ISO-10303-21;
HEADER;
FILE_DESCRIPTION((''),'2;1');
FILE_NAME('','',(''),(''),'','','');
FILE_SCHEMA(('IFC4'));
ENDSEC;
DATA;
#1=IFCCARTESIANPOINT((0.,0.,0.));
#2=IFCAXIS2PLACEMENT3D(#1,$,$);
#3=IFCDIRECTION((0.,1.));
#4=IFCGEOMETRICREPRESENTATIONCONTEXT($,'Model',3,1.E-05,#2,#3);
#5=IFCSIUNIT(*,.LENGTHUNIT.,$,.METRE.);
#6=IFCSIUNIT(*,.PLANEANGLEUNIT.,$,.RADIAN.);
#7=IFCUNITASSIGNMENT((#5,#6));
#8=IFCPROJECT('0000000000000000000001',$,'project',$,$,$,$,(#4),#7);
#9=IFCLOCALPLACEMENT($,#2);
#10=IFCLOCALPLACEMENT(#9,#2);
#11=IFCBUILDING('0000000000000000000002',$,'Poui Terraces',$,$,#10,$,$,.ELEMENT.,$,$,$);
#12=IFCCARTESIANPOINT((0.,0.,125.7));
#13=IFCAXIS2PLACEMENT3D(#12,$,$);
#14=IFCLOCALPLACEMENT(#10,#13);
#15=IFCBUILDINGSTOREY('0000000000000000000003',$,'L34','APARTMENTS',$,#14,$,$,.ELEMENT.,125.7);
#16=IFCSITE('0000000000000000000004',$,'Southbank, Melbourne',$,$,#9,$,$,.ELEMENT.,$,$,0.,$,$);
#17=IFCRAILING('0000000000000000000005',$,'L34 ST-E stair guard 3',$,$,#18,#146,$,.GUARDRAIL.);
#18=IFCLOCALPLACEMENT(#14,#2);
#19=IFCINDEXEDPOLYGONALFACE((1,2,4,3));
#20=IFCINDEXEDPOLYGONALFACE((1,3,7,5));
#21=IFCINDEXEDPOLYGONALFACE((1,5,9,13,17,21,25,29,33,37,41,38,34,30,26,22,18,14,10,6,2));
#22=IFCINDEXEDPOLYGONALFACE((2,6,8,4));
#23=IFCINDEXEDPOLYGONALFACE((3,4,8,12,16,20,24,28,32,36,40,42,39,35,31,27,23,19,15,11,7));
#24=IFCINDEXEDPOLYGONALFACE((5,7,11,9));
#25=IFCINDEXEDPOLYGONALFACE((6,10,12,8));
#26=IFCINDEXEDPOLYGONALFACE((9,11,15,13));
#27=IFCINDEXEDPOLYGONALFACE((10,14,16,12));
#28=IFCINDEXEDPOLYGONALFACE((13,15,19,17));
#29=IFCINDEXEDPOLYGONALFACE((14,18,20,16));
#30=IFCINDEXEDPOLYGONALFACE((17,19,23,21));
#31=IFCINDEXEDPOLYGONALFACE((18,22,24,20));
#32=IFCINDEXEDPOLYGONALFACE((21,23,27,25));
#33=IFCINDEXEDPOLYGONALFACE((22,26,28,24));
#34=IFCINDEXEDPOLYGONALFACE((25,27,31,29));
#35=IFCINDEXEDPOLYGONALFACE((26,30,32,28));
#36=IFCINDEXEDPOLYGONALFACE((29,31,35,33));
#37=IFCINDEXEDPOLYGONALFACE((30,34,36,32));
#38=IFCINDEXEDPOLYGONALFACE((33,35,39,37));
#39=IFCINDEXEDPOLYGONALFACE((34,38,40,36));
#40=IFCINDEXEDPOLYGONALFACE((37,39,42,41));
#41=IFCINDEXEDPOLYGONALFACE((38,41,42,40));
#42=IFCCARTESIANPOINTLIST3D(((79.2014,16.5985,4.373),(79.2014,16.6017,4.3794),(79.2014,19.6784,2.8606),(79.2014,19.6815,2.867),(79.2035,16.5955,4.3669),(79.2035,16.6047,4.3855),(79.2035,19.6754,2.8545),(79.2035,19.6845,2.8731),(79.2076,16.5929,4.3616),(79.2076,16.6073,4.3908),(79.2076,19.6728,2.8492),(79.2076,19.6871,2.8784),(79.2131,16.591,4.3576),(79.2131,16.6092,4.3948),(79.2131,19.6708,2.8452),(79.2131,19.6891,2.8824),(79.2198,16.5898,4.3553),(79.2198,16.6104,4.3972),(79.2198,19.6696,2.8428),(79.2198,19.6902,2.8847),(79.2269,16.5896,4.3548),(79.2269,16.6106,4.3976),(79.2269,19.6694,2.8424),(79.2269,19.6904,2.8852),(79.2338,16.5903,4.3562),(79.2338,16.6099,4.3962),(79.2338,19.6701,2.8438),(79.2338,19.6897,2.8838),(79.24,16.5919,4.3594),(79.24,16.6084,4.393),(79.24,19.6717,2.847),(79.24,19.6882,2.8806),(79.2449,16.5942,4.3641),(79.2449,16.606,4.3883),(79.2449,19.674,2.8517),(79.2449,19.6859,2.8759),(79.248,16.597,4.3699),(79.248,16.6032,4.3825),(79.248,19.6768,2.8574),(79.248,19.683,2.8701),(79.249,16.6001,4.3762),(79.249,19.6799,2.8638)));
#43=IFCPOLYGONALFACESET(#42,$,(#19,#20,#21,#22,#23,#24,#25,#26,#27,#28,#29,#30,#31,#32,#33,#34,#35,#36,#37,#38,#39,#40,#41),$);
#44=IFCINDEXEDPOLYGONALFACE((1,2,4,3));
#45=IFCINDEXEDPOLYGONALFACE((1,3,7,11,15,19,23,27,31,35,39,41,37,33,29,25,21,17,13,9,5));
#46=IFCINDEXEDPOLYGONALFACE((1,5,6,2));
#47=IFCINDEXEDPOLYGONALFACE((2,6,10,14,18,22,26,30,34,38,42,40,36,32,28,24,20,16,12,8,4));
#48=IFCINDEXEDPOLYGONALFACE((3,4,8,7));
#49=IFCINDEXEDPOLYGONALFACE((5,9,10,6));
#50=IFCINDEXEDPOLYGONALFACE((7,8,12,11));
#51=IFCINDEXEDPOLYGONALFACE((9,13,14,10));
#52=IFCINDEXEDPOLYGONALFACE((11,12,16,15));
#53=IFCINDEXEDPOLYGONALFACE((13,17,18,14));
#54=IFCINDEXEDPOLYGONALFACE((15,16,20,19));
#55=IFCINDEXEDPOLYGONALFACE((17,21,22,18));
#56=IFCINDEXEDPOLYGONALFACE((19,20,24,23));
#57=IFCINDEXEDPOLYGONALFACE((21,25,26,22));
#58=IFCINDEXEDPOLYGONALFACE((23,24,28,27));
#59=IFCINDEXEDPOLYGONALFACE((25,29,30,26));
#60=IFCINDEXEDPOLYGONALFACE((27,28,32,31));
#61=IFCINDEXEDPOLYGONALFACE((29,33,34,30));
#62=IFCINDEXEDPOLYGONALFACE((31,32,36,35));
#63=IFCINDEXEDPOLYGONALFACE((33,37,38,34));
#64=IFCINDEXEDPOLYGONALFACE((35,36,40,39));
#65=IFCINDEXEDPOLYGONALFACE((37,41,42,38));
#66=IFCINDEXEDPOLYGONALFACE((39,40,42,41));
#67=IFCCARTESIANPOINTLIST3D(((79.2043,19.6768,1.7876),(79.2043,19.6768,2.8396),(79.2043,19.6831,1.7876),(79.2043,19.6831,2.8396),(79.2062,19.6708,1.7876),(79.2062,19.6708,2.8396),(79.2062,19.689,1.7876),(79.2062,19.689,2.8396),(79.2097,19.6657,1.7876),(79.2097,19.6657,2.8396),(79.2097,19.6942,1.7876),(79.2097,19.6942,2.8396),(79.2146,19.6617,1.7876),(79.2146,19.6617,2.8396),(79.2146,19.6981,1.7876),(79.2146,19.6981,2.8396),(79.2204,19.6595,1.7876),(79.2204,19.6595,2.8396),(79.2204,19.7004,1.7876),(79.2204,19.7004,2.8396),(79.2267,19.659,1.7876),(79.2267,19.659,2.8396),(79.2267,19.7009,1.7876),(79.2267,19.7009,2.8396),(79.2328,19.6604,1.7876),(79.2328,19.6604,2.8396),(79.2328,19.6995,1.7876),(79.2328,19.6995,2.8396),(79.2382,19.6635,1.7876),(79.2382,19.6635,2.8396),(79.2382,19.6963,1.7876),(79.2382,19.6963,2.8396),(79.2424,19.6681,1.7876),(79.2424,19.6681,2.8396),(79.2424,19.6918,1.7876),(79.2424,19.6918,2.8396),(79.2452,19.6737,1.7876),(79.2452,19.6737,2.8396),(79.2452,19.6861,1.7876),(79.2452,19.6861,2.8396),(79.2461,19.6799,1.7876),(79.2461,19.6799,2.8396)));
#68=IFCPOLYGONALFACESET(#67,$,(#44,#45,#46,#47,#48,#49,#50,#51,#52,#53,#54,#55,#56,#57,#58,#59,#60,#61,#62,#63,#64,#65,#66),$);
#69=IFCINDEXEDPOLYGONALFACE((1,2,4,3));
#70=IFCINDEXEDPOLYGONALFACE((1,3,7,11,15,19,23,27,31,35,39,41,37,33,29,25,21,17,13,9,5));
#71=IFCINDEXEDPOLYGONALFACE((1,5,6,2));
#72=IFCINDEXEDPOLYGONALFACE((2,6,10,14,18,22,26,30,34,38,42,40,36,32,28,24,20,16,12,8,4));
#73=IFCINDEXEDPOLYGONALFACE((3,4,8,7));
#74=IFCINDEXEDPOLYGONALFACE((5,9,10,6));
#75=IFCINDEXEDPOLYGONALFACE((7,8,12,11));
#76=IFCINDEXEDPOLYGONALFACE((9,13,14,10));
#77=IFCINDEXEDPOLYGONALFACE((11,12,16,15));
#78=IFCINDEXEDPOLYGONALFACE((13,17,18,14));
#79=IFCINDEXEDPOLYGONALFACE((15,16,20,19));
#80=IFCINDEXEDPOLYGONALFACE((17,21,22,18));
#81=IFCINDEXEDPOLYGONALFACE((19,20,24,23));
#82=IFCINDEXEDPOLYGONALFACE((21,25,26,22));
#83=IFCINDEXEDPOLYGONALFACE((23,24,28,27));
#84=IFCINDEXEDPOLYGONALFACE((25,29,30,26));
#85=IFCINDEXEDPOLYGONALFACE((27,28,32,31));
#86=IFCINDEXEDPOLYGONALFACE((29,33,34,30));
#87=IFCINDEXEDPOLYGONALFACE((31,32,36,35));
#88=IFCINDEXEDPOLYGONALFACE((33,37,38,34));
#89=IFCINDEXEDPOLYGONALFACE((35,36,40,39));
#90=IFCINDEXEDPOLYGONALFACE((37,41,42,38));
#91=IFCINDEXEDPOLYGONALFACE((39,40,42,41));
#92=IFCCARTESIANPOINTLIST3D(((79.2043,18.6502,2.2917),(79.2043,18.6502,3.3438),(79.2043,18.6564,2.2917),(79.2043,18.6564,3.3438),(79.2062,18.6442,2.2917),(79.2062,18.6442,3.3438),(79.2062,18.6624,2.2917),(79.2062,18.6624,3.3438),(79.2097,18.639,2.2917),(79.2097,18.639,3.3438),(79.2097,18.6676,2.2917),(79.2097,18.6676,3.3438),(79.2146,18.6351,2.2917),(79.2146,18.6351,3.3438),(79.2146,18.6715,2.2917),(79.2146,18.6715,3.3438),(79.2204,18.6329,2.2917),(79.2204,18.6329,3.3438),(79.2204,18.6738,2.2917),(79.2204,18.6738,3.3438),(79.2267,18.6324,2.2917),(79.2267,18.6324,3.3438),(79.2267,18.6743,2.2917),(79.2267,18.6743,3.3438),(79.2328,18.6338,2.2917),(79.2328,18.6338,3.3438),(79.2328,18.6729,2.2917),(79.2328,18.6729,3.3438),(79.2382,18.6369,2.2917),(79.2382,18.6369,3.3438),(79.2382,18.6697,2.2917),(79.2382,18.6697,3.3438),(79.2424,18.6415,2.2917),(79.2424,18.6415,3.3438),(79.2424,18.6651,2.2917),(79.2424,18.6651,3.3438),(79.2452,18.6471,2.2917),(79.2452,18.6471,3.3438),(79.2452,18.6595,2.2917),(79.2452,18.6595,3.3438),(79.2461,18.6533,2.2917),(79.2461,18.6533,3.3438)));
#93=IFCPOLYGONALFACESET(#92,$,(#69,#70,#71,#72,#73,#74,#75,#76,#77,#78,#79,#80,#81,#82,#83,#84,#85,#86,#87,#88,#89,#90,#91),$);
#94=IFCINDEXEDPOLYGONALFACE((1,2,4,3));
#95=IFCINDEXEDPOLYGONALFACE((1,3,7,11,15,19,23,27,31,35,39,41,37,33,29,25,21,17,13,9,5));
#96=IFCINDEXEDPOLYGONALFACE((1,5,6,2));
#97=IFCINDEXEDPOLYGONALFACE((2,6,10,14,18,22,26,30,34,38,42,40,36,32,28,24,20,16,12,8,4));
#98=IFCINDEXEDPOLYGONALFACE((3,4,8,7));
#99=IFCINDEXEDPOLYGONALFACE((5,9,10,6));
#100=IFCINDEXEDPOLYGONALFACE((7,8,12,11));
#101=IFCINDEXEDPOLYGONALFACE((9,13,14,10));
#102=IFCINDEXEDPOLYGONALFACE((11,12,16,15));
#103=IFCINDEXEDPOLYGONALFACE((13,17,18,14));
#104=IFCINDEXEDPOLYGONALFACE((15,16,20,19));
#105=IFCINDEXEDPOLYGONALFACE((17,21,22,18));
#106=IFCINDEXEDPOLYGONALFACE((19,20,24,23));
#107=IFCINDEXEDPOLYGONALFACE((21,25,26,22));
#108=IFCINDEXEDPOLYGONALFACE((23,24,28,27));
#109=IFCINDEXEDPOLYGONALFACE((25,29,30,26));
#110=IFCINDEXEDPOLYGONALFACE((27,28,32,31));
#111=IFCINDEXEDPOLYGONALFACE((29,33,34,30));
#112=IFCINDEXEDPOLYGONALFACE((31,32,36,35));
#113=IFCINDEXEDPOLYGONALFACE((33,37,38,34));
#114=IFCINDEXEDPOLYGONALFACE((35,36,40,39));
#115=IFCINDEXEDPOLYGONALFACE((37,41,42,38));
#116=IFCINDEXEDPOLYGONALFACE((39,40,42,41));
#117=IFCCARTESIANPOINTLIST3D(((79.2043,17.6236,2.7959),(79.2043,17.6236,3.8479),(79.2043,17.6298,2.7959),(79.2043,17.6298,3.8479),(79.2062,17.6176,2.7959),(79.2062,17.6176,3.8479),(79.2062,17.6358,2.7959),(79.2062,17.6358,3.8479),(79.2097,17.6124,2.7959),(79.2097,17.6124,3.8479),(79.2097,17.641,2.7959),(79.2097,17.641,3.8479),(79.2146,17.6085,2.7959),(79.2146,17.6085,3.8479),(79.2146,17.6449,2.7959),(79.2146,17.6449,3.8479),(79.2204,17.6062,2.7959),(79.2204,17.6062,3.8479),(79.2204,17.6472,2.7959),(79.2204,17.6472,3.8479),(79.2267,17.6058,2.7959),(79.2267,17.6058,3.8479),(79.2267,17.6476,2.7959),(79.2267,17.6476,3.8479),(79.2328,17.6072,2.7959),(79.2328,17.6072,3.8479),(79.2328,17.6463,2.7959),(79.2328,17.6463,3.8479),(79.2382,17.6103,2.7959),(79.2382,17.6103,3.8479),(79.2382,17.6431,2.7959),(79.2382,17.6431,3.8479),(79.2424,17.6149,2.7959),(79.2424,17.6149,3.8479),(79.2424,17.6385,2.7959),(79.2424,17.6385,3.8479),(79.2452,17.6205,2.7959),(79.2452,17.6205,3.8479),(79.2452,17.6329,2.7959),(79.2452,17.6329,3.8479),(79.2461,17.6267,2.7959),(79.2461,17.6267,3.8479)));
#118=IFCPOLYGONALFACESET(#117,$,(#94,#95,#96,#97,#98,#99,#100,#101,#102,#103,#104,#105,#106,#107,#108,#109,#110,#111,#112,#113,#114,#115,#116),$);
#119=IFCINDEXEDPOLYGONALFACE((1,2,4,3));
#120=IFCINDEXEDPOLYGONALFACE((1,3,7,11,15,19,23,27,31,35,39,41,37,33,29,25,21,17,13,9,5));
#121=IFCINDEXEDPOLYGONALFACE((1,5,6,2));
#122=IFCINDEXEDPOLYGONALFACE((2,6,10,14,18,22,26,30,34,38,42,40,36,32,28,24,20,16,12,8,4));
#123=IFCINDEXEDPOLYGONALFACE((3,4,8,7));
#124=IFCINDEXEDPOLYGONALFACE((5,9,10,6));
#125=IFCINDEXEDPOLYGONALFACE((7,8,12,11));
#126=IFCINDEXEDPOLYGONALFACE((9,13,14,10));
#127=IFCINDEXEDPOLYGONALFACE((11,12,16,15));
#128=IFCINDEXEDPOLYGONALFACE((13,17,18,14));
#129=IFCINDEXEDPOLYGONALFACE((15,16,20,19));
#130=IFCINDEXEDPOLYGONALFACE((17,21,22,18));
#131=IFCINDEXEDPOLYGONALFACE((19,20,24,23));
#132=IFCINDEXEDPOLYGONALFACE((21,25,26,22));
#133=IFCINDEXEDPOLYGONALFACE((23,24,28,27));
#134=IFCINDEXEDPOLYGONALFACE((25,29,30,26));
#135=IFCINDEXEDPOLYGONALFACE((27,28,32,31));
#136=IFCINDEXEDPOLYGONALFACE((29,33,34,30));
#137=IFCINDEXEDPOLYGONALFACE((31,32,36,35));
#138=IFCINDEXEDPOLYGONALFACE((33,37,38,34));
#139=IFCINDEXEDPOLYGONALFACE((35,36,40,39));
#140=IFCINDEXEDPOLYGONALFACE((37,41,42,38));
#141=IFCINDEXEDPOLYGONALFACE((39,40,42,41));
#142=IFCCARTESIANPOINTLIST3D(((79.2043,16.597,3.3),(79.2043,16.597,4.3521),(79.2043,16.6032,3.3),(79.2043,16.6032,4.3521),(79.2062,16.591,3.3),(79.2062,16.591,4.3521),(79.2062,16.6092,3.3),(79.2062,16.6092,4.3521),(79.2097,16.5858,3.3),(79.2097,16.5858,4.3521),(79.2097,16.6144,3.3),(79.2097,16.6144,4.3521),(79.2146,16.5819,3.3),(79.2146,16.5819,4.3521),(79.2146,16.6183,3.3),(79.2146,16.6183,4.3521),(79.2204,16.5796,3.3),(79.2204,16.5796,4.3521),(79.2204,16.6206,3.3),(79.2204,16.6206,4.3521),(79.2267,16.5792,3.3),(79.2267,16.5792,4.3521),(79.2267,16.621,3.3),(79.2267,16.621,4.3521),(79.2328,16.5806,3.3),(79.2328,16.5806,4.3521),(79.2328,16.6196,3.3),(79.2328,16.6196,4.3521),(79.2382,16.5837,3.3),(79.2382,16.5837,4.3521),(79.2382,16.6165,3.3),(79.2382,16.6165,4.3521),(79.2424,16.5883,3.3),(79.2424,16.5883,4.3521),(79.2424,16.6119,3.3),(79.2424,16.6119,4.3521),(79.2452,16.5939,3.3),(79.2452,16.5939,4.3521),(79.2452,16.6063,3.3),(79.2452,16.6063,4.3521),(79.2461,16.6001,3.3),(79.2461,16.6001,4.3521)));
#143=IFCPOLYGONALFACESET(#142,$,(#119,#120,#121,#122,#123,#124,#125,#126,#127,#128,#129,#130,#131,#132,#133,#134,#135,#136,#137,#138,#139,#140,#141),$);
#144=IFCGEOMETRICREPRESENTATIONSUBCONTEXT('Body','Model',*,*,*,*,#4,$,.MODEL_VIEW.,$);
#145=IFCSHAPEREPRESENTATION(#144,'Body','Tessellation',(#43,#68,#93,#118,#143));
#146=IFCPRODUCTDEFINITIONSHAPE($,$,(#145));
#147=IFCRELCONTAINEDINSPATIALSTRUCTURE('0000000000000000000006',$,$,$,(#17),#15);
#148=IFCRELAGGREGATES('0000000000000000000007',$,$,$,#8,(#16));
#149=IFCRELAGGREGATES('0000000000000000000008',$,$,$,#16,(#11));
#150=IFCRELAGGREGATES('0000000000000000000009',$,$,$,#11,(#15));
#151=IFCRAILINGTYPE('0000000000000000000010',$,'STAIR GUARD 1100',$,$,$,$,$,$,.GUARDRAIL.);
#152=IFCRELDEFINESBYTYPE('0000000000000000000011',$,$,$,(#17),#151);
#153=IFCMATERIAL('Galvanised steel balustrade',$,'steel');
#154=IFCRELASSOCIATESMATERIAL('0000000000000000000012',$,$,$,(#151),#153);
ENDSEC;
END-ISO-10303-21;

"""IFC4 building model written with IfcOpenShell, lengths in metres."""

from ifc_helpers import new_model, si_unit, direction, frame, origin, origin_2d, place, context, subcontext, project, spatial, circle, extrude, material, type_object, element, save


model = new_model("IFC4")

# Units and contexts
model_context = context("Model", 3, precision=1e-05, world=origin(), true_north=direction((0.0, 1.0)))
body_context = subcontext(model_context, "Body", "Model", "MODEL_VIEW")
ifc_project = project(units=[si_unit("LENGTHUNIT", "METRE"), si_unit("PLANEANGLEUNIT", "RADIAN")], contexts=[model_context])

# Site, building, storey
site_placement = place(None, origin())
site = spatial("IfcSite", under=ifc_project, at=site_placement, Name="Southbank, Melbourne", CompositionType="ELEMENT", RefElevation=0.0)
building_placement = place(site_placement, origin())
building = spatial("IfcBuilding", under=site, at=building_placement, Name="Poui Terraces", CompositionType="ELEMENT")
storey_placement = place(building_placement, frame((0.0, 0.0, 125.7)))
storey = spatial("IfcBuildingStorey", under=building, at=storey_placement, Name="L34", Description="APARTMENTS", CompositionType="ELEMENT", Elevation=125.7)

# Railing
ifc_material_1 = material(Name="Galvanised steel balustrade", Category="steel")
railing_type_1 = type_object("IfcRailingType", Name="STAIR GUARD 1100", PredefinedType="GUARDRAIL", material=ifc_material_1)
railing_1_placement = place(storey_placement, frame((79.2251, 19.6799, 1.7876)))
element("IfcRailing", 1, at=railing_1_placement, inside=storey, type_object=railing_type_1, Name="L34 ST-E stair guard 3", PredefinedType="GUARDRAIL", context=body_context, shape_type="SweptSolid", body=[
    extrude(circle(Radius=0.0239, at=origin_2d()), frame((0.0, 0.0, 1.0762), z_axis=(0.0, -0.897606, 0.440798), x_axis=(1.0, 0.0, 0.0)), (0.0, 0.0, 1.0), 3.4312),
    extrude(circle(Radius=0.021, at=origin_2d()), origin(), (0.0, 0.0, 1.0), 1.052),
    extrude(circle(Radius=0.021, at=origin_2d()), frame((0.0, -1.0266, 0.5042)), (0.0, 0.0, 1.0), 1.052),
    extrude(circle(Radius=0.021, at=origin_2d()), frame((0.0, -2.0532, 1.0083)), (0.0, 0.0, 1.0), 1.052),
    extrude(circle(Radius=0.021, at=origin_2d()), frame((0.0, -3.0798, 1.5125)), (0.0, 0.0, 1.0), 1.052),
])

save(model, "model.ifc")
